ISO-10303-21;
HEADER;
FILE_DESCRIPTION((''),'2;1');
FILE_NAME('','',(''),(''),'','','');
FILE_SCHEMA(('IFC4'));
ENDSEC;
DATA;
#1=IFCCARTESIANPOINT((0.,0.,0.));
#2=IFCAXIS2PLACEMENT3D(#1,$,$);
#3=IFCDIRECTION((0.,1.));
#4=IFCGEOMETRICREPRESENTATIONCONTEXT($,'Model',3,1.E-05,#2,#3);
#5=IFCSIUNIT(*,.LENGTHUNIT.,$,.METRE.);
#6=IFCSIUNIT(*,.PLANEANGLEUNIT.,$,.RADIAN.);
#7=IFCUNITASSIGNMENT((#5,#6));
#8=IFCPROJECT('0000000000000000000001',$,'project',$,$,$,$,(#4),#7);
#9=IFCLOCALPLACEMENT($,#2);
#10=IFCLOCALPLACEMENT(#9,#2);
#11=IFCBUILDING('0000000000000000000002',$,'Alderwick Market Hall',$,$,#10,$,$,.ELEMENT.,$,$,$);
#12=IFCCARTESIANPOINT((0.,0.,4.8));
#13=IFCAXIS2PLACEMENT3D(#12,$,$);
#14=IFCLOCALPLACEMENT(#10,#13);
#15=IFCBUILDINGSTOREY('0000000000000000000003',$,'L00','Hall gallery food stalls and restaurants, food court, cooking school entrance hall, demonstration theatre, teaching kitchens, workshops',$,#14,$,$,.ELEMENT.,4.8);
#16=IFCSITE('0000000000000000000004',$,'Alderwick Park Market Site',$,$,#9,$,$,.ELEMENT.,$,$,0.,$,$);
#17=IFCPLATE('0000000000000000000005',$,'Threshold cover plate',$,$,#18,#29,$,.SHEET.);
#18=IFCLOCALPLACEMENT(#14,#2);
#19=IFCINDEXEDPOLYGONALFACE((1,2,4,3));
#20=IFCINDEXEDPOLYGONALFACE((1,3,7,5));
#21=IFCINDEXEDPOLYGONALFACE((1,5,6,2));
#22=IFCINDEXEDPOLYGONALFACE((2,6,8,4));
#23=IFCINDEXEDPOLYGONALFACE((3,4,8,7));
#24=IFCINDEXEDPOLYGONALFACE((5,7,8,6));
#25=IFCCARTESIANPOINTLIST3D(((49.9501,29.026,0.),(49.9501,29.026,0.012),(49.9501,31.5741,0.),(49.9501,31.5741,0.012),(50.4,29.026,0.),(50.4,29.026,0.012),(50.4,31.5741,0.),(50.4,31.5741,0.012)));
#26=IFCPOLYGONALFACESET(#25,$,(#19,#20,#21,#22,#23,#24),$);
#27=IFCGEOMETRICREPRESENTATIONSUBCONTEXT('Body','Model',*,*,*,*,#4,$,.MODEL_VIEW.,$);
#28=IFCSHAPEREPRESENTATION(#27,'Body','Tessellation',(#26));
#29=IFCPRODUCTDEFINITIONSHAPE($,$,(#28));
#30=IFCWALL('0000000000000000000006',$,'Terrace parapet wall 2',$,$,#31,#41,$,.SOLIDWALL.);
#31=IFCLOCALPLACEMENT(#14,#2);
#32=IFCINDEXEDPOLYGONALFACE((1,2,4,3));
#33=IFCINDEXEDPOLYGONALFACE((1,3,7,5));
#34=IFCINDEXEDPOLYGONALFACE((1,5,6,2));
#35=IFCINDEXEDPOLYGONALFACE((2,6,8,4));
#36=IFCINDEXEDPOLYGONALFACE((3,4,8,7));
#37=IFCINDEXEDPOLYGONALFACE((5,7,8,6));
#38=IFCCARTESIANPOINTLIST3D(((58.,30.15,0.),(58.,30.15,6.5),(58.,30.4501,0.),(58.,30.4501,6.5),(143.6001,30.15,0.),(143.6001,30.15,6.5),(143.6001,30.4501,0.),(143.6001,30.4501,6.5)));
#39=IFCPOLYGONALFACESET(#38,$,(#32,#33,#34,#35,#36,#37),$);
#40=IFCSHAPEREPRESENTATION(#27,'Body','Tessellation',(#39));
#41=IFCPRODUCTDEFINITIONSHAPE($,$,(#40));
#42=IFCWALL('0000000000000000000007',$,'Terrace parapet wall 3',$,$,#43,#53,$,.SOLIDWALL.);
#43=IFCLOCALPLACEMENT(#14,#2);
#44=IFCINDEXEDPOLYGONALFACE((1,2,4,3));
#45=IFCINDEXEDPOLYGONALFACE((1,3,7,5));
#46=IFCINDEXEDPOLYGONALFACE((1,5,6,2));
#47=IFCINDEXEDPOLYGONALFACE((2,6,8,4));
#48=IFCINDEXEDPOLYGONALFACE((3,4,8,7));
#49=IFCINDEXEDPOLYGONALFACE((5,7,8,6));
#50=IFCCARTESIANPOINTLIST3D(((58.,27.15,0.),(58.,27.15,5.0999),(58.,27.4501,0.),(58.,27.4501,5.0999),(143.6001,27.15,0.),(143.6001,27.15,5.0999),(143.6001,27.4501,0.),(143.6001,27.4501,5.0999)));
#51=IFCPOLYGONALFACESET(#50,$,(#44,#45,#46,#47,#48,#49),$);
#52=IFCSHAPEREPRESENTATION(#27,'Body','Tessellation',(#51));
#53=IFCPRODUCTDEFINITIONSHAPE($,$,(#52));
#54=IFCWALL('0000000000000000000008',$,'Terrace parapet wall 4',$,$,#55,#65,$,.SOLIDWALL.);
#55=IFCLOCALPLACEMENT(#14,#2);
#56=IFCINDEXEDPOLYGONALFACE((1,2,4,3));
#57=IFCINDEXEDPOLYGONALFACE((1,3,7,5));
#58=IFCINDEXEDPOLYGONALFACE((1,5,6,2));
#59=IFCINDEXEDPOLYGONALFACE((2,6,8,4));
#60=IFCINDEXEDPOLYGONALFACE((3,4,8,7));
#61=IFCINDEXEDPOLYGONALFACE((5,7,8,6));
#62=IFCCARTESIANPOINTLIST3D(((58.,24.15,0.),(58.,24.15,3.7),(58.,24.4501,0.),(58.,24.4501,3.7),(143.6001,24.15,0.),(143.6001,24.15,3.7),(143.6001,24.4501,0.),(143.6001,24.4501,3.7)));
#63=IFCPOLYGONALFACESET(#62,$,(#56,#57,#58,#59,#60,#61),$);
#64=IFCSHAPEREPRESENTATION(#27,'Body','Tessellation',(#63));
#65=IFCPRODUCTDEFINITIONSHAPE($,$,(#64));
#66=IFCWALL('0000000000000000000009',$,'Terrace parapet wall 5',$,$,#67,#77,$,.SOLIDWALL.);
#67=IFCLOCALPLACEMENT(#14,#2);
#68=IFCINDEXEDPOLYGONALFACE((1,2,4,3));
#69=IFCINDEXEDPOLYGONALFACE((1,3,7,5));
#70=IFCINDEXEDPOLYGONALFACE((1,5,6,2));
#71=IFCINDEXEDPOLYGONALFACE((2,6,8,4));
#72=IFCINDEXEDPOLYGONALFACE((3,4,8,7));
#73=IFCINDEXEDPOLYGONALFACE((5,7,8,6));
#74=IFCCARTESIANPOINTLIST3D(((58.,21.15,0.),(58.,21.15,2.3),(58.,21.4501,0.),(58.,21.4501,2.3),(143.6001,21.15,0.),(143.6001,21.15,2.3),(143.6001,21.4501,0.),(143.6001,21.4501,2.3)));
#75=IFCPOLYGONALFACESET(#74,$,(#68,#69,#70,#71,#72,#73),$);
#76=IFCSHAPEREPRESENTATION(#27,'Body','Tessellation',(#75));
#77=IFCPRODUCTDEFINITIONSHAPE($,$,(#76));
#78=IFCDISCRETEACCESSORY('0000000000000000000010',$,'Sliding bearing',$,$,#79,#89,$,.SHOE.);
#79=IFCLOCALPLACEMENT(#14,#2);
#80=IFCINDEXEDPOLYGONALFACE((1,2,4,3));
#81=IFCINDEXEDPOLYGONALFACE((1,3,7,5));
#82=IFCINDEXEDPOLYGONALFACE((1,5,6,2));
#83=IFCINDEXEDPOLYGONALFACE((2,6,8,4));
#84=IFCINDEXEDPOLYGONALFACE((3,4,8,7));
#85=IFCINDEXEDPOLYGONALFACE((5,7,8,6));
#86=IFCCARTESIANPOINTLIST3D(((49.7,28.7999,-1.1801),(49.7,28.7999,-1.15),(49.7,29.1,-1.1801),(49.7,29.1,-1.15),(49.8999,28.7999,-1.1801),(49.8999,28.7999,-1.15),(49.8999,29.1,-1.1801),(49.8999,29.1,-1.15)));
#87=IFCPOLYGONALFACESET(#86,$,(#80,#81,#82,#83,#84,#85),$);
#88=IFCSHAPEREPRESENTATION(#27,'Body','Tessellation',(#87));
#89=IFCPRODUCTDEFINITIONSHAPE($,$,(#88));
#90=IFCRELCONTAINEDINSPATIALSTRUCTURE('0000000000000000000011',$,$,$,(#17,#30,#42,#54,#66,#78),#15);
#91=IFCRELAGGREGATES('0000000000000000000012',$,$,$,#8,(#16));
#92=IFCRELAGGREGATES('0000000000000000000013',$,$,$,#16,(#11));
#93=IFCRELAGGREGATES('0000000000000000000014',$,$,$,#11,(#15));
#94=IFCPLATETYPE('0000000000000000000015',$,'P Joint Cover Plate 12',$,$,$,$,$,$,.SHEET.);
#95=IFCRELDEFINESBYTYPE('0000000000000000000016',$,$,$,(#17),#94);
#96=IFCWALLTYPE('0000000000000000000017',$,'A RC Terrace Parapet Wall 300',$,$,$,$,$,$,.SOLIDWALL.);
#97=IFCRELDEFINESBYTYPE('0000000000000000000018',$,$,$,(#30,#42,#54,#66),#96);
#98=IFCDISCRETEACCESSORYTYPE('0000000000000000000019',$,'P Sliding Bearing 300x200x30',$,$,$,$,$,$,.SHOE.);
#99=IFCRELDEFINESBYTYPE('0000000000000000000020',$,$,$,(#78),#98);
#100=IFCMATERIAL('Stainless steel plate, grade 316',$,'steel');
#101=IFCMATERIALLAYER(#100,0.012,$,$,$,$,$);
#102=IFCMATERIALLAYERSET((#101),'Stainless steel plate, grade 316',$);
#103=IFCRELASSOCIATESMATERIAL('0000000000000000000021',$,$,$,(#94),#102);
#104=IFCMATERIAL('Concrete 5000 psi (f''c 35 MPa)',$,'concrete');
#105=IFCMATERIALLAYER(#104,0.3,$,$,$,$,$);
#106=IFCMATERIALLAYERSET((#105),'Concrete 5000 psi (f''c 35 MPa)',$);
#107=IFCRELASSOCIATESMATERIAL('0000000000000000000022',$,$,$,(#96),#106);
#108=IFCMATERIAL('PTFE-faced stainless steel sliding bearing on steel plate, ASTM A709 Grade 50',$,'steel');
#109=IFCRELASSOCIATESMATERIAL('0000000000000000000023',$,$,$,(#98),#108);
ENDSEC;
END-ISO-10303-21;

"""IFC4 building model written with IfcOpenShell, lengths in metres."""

from ifc_helpers import new_model, si_unit, direction, frame, frame_2d, origin, origin_2d, place, context, subcontext, project, spatial, rectangle, extrude, material, layer, layer_set, material_profile, profile_set, type_object, element, save


model = new_model("IFC4")

# Units and contexts
model_context = context("Model", 3, precision=1e-05, world=origin(), true_north=direction((0.0, 1.0)))
body_context = subcontext(model_context, "Body", "Model", "MODEL_VIEW")
ifc_project = project(units=[si_unit("LENGTHUNIT", "METRE"), si_unit("PLANEANGLEUNIT", "RADIAN")], contexts=[model_context])

# Site, building, storey
site_placement = place(None, origin())
site = spatial("IfcSite", under=ifc_project, at=site_placement, Name="Alderwick Park Market Site", CompositionType="ELEMENT", RefElevation=0.0)
building_placement = place(site_placement, origin())
building = spatial("IfcBuilding", under=site, at=building_placement, Name="Alderwick Market Hall", CompositionType="ELEMENT")
storey_placement = place(building_placement, frame((0.0, 0.0, 4.8)))
storey = spatial("IfcBuildingStorey", under=building, at=storey_placement, Name="L00", Description="Hall gallery food stalls and restaurants, food court, cooking school entrance hall, demonstration theatre, teaching kitchens, workshops", CompositionType="ELEMENT", Elevation=4.8)

# Shared definitions
ifc_material_1 = material(Name="Concrete 5000 psi (f'c 35 MPa)", Category="concrete")

# Plate
ifc_material_2 = material(Name="Stainless steel plate, grade 316", Category="steel")
ifc_layer_1 = layer(ifc_material_2, 0.012)
ifc_layer_set_1 = layer_set([ifc_layer_1], Name="Stainless steel plate, grade 316")
plate_type_1 = type_object("IfcPlateType", Name="P Joint Cover Plate 12", PredefinedType="SHEET", material=ifc_layer_set_1)
plate_1_placement = place(storey_placement, frame((50.175, 30.3, 0.0), z_axis=(0.0, 0.0, 1.0), x_axis=(1.0, 0.0, 0.0)))
element("IfcPlate", 1, at=plate_1_placement, inside=storey, type_object=plate_type_1, Name="Threshold cover plate", PredefinedType="SHEET", context=body_context, shape_type="SweptSolid", body=[
    extrude(rectangle(XDim=0.45, YDim=2.5481, at=origin_2d()), origin(), (0.0, 0.0, 1.0), 0.012),
])

# Walls
ifc_layer_2 = layer(ifc_material_1, 0.3)
ifc_layer_set_2 = layer_set([ifc_layer_2], Name="Concrete 5000 psi (f'c 35 MPa)")
wall_type_1 = type_object("IfcWallType", Name="A RC Terrace Parapet Wall 300", PredefinedType="SOLIDWALL", material=ifc_layer_set_2)
wall_1_placement = place(storey_placement, frame((58.0, 30.3, 0.0), z_axis=(0.0, 0.0, 1.0), x_axis=(1.0, 0.0, 0.0)))
element("IfcWall", 2, at=wall_1_placement, inside=storey, type_object=wall_type_1, Name="Terrace parapet wall 2", PredefinedType="SOLIDWALL", context=body_context, shape_type="SweptSolid", body=[
    extrude(rectangle(XDim=85.6001, YDim=0.3, at=frame_2d((42.8, 0.0))), origin(), (0.0, 0.0, 1.0), 6.5),
])
wall_2_placement = place(storey_placement, frame((58.0, 27.3, 0.0), z_axis=(0.0, 0.0, 1.0), x_axis=(1.0, 0.0, 0.0)))
element("IfcWall", 3, at=wall_2_placement, inside=storey, type_object=wall_type_1, Name="Terrace parapet wall 3", PredefinedType="SOLIDWALL", context=body_context, shape_type="SweptSolid", body=[
    extrude(rectangle(XDim=85.6001, YDim=0.3, at=frame_2d((42.8, 0.0))), origin(), (0.0, 0.0, 1.0), 5.0999),
])
wall_3_placement = place(storey_placement, frame((58.0, 24.3, 0.0), z_axis=(0.0, 0.0, 1.0), x_axis=(1.0, 0.0, 0.0)))
element("IfcWall", 4, at=wall_3_placement, inside=storey, type_object=wall_type_1, Name="Terrace parapet wall 4", PredefinedType="SOLIDWALL", context=body_context, shape_type="SweptSolid", body=[
    extrude(rectangle(XDim=85.6001, YDim=0.3, at=frame_2d((42.8, 0.0))), origin(), (0.0, 0.0, 1.0), 3.7),
])
wall_4_placement = place(storey_placement, frame((58.0, 21.3, 0.0), z_axis=(0.0, 0.0, 1.0), x_axis=(1.0, 0.0, 0.0)))
element("IfcWall", 5, at=wall_4_placement, inside=storey, type_object=wall_type_1, Name="Terrace parapet wall 5", PredefinedType="SOLIDWALL", context=body_context, shape_type="SweptSolid", body=[
    extrude(rectangle(XDim=85.6001, YDim=0.3, at=frame_2d((42.8, 0.0))), origin(), (0.0, 0.0, 1.0), 2.3),
])

# Discrete accessory
ifc_material_3 = material(Name="PTFE-faced stainless steel sliding bearing on steel plate, ASTM A709 Grade 50", Category="steel")
ifc_material_profile_1 = material_profile(ifc_material_3, rectangle(XDim=0.3, YDim=0.03, at=origin_2d()), Name="P Sliding Bearing 300x200x30")
ifc_profile_set_1 = profile_set([ifc_material_profile_1], Name="PTFE-faced stainless steel sliding bearing on steel plate, ASTM A709 Grade 50")
discrete_accessory_type = type_object("IfcDiscreteAccessoryType", Name="P Sliding Bearing 300x200x30", PredefinedType="SHOE", material=ifc_profile_set_1)
discrete_accessory_placement = place(storey_placement, frame((49.7, 28.95, -1.165), z_axis=(1.0, 0.0, 0.0), x_axis=(0.0, 1.0, 0.0)))
element("IfcDiscreteAccessory", 6, at=discrete_accessory_placement, inside=storey, type_object=discrete_accessory_type, Name="Sliding bearing", PredefinedType="SHOE", context=body_context, shape_type="SweptSolid", body=[
    extrude(rectangle(XDim=0.3, YDim=0.03, at=origin_2d()), origin(), (0.0, 0.0, 1.0), 0.2),
])

save(model, "model.ifc")
